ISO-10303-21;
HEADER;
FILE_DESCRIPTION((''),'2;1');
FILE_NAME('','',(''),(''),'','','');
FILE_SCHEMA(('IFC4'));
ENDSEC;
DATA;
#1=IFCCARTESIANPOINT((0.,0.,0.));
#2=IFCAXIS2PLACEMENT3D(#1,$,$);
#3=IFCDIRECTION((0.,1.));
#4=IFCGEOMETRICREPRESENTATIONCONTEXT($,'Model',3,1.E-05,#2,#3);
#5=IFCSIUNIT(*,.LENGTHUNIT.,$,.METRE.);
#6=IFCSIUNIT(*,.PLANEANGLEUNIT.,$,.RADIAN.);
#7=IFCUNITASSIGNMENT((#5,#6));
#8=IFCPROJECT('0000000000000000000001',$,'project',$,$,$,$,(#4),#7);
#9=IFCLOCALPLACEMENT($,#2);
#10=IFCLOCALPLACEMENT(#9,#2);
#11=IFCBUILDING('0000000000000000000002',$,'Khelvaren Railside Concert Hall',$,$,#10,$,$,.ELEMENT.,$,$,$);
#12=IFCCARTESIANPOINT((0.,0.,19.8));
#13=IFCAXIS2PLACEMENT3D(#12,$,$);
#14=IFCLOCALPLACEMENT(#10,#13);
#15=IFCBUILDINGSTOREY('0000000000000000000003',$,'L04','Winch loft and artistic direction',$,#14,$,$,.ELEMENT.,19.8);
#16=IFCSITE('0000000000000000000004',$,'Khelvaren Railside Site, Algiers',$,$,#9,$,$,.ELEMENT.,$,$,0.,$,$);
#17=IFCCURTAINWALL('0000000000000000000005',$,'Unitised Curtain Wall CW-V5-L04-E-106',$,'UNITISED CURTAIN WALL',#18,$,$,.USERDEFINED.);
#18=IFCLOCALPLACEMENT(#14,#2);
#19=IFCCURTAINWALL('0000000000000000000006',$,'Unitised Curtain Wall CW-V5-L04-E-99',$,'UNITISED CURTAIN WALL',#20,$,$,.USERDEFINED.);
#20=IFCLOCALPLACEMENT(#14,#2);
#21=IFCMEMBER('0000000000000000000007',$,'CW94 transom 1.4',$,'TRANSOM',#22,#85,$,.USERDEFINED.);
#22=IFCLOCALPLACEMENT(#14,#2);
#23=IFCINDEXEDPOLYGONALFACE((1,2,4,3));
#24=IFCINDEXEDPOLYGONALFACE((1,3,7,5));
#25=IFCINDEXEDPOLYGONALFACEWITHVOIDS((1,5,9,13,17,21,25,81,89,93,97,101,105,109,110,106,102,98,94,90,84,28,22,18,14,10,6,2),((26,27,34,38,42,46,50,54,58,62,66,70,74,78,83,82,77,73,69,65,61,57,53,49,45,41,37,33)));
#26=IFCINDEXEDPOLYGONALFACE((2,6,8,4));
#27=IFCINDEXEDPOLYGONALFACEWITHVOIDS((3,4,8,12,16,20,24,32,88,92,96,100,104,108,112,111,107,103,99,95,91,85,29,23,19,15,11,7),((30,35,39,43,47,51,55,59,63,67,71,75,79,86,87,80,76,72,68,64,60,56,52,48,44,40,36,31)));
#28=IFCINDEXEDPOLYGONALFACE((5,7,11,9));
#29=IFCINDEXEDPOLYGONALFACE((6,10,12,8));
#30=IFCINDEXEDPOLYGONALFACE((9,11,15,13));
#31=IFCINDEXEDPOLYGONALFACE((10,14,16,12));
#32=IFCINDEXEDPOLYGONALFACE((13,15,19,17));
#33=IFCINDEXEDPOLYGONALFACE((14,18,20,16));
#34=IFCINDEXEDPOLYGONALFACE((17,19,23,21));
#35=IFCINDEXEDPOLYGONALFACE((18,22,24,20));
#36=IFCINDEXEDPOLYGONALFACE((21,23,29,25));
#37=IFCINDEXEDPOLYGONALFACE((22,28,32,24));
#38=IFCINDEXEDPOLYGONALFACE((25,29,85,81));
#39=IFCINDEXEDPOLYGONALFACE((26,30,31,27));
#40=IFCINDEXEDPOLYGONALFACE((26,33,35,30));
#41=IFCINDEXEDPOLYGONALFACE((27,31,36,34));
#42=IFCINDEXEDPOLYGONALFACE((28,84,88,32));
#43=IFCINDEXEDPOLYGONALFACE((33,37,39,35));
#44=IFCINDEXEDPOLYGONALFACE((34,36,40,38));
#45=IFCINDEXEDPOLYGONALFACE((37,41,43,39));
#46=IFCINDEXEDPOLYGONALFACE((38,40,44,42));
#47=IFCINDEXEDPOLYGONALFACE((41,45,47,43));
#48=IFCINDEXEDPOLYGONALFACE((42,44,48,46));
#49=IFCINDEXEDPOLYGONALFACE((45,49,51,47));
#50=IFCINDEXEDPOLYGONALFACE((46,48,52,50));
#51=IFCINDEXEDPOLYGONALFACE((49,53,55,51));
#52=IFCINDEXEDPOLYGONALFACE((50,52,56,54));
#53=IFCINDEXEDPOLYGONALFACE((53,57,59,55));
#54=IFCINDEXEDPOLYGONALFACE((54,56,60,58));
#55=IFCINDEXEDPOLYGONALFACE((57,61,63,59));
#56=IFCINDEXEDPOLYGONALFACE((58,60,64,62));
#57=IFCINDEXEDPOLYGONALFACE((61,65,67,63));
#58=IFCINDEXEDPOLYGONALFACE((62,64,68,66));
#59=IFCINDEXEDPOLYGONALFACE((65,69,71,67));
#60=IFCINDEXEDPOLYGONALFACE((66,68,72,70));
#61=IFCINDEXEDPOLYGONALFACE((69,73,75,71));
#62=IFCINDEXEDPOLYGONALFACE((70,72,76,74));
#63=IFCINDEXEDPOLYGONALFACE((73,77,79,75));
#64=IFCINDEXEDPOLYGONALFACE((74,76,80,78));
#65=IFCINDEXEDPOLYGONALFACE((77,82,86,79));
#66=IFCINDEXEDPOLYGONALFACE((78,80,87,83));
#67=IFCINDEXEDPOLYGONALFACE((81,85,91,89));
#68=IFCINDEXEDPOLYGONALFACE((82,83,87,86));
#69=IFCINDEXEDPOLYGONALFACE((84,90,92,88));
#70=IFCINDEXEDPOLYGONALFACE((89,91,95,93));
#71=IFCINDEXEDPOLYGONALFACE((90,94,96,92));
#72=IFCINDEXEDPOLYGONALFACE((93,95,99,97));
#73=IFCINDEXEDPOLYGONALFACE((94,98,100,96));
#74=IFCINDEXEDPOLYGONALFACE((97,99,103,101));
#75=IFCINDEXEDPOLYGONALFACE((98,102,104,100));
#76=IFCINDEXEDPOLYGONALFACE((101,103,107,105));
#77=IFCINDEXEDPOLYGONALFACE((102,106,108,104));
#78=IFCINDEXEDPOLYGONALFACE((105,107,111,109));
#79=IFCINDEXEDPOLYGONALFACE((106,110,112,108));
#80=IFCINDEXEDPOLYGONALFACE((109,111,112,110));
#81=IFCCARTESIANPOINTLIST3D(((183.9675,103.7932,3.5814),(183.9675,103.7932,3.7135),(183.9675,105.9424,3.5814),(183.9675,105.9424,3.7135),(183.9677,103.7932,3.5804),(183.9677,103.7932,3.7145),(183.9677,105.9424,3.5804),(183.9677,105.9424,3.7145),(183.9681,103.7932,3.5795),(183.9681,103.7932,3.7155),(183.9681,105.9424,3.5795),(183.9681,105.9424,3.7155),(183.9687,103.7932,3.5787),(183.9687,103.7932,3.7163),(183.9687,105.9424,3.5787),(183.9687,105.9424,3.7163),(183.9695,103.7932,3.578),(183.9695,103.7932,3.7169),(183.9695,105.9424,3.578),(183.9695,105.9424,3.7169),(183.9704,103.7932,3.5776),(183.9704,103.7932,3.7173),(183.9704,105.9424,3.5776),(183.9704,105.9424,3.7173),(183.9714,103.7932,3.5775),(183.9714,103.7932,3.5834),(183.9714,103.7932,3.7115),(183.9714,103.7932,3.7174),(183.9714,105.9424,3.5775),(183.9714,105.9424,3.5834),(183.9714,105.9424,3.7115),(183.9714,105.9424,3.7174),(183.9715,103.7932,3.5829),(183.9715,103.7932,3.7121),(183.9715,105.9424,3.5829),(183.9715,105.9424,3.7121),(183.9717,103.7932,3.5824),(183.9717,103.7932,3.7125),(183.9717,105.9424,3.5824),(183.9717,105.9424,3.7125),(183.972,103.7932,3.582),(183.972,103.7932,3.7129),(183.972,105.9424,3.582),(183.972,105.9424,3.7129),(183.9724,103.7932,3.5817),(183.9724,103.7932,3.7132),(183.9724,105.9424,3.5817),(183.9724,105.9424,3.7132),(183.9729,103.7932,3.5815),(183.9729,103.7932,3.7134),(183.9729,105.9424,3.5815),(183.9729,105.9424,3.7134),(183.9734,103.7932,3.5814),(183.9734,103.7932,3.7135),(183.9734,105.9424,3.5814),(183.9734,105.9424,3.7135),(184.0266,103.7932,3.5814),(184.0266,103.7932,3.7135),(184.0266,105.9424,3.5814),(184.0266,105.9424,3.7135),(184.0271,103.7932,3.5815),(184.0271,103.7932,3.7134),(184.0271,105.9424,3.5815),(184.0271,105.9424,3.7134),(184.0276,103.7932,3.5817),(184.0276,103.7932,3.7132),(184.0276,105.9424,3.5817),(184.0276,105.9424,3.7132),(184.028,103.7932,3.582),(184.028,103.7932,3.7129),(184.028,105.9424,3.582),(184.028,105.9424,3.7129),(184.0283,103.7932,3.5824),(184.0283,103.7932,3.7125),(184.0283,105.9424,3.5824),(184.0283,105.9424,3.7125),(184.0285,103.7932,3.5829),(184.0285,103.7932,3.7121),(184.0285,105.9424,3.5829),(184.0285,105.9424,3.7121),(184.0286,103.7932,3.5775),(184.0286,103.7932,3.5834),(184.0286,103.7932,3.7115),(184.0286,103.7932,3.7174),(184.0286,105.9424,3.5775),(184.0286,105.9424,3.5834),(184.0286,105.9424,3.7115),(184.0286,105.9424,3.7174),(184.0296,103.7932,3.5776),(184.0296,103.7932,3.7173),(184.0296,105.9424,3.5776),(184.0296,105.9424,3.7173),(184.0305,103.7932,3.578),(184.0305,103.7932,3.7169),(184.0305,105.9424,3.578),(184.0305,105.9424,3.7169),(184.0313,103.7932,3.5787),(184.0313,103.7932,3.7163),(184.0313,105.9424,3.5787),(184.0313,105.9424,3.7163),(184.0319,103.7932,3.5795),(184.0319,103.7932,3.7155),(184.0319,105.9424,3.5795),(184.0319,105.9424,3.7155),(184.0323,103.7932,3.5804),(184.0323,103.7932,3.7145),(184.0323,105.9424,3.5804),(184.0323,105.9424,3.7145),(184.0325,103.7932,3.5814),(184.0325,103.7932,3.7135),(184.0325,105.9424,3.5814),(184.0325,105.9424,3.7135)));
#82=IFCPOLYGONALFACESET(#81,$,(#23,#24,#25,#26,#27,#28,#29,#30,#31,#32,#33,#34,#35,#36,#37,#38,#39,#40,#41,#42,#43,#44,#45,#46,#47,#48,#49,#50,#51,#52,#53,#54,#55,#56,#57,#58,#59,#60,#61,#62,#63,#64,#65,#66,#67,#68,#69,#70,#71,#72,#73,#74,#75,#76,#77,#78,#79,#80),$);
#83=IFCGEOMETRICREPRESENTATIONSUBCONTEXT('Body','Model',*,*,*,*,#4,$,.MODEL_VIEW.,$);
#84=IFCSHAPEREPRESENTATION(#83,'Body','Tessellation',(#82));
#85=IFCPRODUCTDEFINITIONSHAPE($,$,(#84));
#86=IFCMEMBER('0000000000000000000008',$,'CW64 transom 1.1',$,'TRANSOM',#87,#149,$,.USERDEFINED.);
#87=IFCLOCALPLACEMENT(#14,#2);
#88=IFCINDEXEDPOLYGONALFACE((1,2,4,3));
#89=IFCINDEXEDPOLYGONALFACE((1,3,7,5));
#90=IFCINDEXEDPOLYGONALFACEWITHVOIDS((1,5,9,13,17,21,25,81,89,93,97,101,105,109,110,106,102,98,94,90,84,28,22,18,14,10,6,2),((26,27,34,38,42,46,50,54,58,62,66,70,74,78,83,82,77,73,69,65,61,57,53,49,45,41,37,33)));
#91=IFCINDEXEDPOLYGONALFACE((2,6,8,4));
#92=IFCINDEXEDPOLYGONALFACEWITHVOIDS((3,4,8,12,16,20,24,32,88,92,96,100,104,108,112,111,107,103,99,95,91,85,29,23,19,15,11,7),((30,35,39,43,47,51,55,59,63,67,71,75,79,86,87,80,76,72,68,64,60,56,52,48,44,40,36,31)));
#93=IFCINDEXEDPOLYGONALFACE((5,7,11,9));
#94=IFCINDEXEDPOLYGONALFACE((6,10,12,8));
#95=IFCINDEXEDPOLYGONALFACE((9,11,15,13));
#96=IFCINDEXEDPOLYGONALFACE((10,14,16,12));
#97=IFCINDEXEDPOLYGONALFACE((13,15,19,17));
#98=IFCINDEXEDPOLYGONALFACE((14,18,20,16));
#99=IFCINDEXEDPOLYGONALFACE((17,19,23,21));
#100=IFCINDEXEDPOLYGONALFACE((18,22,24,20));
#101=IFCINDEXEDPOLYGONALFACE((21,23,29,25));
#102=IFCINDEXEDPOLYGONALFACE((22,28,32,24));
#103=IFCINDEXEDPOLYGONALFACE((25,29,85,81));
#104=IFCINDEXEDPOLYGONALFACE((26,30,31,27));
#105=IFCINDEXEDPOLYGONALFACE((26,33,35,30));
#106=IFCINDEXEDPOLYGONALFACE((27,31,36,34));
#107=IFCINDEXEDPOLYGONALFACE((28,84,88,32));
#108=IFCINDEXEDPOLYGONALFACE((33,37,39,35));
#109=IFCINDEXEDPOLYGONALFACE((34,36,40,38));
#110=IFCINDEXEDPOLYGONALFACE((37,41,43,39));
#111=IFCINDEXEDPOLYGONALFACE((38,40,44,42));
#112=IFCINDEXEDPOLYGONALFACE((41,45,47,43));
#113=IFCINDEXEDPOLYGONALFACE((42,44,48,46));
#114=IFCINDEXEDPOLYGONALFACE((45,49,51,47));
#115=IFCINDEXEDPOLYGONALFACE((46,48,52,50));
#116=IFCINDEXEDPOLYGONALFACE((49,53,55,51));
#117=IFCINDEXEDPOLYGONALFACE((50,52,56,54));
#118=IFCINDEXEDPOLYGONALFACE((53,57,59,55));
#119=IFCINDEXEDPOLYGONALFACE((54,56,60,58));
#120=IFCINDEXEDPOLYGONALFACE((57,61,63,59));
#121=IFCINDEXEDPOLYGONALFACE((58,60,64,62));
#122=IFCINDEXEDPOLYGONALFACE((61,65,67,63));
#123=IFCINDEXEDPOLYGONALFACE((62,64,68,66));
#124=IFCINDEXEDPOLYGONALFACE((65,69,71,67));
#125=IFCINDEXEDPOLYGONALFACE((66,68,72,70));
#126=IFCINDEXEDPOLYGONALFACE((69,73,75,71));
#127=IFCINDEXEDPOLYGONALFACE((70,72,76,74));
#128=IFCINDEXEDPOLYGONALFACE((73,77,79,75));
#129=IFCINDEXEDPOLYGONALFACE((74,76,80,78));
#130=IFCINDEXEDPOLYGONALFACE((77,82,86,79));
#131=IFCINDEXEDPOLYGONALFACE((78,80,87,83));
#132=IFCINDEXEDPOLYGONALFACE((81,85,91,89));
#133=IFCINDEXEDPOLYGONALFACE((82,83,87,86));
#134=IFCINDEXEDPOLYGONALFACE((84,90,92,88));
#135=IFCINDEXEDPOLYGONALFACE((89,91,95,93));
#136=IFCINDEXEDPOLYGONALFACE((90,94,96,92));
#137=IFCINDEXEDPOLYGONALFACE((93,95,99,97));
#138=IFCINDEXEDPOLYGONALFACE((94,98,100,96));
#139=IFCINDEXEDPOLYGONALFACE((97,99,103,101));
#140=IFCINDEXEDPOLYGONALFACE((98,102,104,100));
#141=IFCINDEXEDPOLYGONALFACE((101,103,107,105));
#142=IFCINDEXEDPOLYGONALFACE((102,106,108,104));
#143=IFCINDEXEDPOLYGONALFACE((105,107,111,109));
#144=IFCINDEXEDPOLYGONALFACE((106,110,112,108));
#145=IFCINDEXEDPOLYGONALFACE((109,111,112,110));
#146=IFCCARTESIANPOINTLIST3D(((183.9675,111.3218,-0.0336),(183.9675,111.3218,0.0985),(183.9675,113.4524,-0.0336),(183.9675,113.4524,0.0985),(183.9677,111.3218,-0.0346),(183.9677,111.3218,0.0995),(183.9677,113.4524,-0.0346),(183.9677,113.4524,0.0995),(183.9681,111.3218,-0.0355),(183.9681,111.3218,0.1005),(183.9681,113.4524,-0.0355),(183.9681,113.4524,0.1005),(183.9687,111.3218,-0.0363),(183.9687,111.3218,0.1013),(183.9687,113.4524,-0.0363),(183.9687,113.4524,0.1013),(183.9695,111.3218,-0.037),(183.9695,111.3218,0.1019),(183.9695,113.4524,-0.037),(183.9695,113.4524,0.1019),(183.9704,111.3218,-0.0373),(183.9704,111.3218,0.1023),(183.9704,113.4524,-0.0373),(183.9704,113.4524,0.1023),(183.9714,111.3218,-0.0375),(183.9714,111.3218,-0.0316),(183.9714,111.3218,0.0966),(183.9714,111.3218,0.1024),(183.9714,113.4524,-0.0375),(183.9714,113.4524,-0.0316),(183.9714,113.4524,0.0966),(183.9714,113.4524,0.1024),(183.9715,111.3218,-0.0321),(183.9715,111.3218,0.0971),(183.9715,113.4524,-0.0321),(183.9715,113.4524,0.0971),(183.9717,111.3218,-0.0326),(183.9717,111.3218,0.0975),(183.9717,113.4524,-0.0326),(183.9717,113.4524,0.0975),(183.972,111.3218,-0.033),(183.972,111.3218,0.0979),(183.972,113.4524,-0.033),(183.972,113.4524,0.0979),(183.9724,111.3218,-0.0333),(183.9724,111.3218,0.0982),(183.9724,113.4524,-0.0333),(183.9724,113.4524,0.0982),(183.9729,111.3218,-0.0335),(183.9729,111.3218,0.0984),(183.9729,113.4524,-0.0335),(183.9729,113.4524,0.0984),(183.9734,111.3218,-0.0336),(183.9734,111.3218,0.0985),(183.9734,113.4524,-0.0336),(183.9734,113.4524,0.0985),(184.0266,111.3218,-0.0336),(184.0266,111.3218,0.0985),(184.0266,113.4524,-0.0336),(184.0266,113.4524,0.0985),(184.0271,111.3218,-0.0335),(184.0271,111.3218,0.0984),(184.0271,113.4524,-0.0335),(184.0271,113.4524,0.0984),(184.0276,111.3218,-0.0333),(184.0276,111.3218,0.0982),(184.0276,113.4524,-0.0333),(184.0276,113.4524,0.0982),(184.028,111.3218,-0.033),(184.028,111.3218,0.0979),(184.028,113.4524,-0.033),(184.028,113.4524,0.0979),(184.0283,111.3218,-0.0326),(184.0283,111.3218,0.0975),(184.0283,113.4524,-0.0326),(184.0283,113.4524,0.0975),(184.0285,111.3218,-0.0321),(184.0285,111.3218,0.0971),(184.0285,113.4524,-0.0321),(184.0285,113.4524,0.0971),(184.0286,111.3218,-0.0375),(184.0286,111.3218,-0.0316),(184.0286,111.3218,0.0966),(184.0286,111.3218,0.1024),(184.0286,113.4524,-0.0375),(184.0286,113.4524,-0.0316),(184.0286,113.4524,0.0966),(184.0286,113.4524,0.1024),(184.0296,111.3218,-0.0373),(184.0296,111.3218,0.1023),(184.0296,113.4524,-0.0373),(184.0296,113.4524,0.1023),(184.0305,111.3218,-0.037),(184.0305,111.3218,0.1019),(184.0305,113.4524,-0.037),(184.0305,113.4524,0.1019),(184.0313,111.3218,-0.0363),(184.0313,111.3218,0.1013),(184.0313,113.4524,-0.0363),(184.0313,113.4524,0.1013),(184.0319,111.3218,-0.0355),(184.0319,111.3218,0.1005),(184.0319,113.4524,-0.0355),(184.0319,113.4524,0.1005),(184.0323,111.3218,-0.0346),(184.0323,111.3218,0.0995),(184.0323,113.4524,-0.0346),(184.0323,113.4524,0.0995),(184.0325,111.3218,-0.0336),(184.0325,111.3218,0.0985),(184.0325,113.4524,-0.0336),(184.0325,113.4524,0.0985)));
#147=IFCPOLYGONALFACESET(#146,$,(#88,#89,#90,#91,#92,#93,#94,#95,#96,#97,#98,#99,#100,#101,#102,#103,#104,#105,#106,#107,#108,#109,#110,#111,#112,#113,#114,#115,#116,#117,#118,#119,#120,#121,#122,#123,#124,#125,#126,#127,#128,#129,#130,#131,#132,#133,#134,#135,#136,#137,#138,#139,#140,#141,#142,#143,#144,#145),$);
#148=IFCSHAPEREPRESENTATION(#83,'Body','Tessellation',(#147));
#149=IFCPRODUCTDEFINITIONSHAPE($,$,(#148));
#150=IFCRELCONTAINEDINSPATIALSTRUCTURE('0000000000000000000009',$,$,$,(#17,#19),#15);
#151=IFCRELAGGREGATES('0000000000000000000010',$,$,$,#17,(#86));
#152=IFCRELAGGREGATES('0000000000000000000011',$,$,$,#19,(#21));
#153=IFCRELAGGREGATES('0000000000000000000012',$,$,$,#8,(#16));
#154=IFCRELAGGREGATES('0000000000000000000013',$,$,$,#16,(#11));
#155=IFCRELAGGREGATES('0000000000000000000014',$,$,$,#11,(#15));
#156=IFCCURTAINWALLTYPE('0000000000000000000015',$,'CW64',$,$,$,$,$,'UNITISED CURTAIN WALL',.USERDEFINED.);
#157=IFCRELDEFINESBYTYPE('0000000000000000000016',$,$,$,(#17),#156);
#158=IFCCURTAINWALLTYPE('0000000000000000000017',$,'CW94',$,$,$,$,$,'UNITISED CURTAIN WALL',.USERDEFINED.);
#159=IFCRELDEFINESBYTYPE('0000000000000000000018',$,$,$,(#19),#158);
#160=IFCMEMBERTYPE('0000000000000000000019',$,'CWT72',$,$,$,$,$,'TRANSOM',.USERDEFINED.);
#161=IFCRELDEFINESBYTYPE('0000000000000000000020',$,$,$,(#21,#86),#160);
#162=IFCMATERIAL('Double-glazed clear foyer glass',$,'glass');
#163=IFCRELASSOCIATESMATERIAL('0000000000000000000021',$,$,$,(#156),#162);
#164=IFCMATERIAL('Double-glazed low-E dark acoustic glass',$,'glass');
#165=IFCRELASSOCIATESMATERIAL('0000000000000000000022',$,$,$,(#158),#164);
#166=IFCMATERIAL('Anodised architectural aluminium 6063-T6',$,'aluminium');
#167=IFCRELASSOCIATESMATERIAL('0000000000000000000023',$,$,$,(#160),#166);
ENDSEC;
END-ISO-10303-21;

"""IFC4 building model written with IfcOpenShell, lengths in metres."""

from ifc_helpers import new_model, si_unit, direction, frame, origin, origin_2d, place, context, subcontext, project, spatial, hollow_rectangle, extrude, material, material_profile, profile_set, type_object, element, aggregate, save


model = new_model("IFC4")

# Units and contexts
model_context = context("Model", 3, precision=1e-05, world=origin(), true_north=direction((0.0, 1.0)))
body_context = subcontext(model_context, "Body", "Model", "MODEL_VIEW")
ifc_project = project(units=[si_unit("LENGTHUNIT", "METRE"), si_unit("PLANEANGLEUNIT", "RADIAN")], contexts=[model_context])

# Site, building, storey
site_placement = place(None, origin())
site = spatial("IfcSite", under=ifc_project, at=site_placement, Name="Khelvaren Railside Site, Algiers", CompositionType="ELEMENT", RefElevation=0.0)
building_placement = place(site_placement, origin())
building = spatial("IfcBuilding", under=site, at=building_placement, Name="Khelvaren Railside Concert Hall", CompositionType="ELEMENT")
storey_placement = place(building_placement, frame((0.0, 0.0, 19.8)))
storey = spatial("IfcBuildingStorey", under=building, at=storey_placement, Name="L04", Description="Winch loft and artistic direction", CompositionType="ELEMENT", Elevation=19.8)

# Curtain walls, member
ifc_material_1 = material(Name="Double-glazed clear foyer glass", Category="glass")
curtain_wall_type_1 = type_object("IfcCurtainWallType", Name="CW64", ElementType="UNITISED CURTAIN WALL", PredefinedType="USERDEFINED", material=ifc_material_1)
curtain_wall_1_placement = place(storey_placement, origin())
curtain_wall_1 = element("IfcCurtainWall", 1, at=curtain_wall_1_placement, inside=storey, type_object=curtain_wall_type_1, Name="Unitised Curtain Wall CW-V5-L04-E-106", ObjectType="UNITISED CURTAIN WALL", PredefinedType="USERDEFINED")
ifc_material_2 = material(Name="Anodised architectural aluminium 6063-T6", Category="aluminium")
ifc_material_3 = material(Name="Double-glazed low-E dark acoustic glass", Category="glass")
curtain_wall_type_2 = type_object("IfcCurtainWallType", Name="CW94", ElementType="UNITISED CURTAIN WALL", PredefinedType="USERDEFINED", material=ifc_material_3)
curtain_wall_2_placement = place(storey_placement, origin())
curtain_wall_2 = element("IfcCurtainWall", 2, at=curtain_wall_2_placement, inside=storey, type_object=curtain_wall_type_2, Name="Unitised Curtain Wall CW-V5-L04-E-99", ObjectType="UNITISED CURTAIN WALL", PredefinedType="USERDEFINED")
ifc_material_profile_1 = material_profile(ifc_material_2, hollow_rectangle(XDim=0.0649, YDim=0.1399, WallThickness=0.0039, InnerFilletRadius=0.002, OuterFilletRadius=0.0039, at=origin_2d()), Name="CWT 65x140x4")
ifc_profile_set_1 = profile_set([ifc_material_profile_1], Name="Anodised architectural aluminium 6063-T6")
member_type_1 = type_object("IfcMemberType", Name="CWT72", ElementType="TRANSOM", PredefinedType="USERDEFINED", material=ifc_profile_set_1)
member_1_placement = place(storey_placement, frame((184.0, 105.9424, 3.6475), z_axis=(0.0, -1.0, 0.0), x_axis=(1.0, 0.0, 0.0)))
member_1 = element("IfcMember", 3, at=member_1_placement, type_object=member_type_1, Name="CW94 transom 1.4", ObjectType="TRANSOM", PredefinedType="USERDEFINED", context=body_context, shape_type="SweptSolid", body=[
    extrude(hollow_rectangle(XDim=0.0649, YDim=0.1399, WallThickness=0.0039, InnerFilletRadius=0.002, OuterFilletRadius=0.0039, at=origin_2d()), origin(), (0.0, 0.0, 1.0), 2.1492),
])

# Member
member_2_placement = place(storey_placement, frame((184.0, 113.4524, 0.0325), z_axis=(0.0, -1.0, 0.0), x_axis=(1.0, 0.0, 0.0)))
member_2 = element("IfcMember", 4, at=member_2_placement, type_object=member_type_1, Name="CW64 transom 1.1", ObjectType="TRANSOM", PredefinedType="USERDEFINED", context=body_context, shape_type="SweptSolid", body=[
    extrude(hollow_rectangle(XDim=0.0649, YDim=0.1399, WallThickness=0.0039, InnerFilletRadius=0.002, OuterFilletRadius=0.0039, at=origin_2d()), origin(), (0.0, 0.0, 1.0), 2.1306),
])

aggregate(curtain_wall_1, [member_2])
aggregate(curtain_wall_2, [member_1])

save(model, "model.ifc")
